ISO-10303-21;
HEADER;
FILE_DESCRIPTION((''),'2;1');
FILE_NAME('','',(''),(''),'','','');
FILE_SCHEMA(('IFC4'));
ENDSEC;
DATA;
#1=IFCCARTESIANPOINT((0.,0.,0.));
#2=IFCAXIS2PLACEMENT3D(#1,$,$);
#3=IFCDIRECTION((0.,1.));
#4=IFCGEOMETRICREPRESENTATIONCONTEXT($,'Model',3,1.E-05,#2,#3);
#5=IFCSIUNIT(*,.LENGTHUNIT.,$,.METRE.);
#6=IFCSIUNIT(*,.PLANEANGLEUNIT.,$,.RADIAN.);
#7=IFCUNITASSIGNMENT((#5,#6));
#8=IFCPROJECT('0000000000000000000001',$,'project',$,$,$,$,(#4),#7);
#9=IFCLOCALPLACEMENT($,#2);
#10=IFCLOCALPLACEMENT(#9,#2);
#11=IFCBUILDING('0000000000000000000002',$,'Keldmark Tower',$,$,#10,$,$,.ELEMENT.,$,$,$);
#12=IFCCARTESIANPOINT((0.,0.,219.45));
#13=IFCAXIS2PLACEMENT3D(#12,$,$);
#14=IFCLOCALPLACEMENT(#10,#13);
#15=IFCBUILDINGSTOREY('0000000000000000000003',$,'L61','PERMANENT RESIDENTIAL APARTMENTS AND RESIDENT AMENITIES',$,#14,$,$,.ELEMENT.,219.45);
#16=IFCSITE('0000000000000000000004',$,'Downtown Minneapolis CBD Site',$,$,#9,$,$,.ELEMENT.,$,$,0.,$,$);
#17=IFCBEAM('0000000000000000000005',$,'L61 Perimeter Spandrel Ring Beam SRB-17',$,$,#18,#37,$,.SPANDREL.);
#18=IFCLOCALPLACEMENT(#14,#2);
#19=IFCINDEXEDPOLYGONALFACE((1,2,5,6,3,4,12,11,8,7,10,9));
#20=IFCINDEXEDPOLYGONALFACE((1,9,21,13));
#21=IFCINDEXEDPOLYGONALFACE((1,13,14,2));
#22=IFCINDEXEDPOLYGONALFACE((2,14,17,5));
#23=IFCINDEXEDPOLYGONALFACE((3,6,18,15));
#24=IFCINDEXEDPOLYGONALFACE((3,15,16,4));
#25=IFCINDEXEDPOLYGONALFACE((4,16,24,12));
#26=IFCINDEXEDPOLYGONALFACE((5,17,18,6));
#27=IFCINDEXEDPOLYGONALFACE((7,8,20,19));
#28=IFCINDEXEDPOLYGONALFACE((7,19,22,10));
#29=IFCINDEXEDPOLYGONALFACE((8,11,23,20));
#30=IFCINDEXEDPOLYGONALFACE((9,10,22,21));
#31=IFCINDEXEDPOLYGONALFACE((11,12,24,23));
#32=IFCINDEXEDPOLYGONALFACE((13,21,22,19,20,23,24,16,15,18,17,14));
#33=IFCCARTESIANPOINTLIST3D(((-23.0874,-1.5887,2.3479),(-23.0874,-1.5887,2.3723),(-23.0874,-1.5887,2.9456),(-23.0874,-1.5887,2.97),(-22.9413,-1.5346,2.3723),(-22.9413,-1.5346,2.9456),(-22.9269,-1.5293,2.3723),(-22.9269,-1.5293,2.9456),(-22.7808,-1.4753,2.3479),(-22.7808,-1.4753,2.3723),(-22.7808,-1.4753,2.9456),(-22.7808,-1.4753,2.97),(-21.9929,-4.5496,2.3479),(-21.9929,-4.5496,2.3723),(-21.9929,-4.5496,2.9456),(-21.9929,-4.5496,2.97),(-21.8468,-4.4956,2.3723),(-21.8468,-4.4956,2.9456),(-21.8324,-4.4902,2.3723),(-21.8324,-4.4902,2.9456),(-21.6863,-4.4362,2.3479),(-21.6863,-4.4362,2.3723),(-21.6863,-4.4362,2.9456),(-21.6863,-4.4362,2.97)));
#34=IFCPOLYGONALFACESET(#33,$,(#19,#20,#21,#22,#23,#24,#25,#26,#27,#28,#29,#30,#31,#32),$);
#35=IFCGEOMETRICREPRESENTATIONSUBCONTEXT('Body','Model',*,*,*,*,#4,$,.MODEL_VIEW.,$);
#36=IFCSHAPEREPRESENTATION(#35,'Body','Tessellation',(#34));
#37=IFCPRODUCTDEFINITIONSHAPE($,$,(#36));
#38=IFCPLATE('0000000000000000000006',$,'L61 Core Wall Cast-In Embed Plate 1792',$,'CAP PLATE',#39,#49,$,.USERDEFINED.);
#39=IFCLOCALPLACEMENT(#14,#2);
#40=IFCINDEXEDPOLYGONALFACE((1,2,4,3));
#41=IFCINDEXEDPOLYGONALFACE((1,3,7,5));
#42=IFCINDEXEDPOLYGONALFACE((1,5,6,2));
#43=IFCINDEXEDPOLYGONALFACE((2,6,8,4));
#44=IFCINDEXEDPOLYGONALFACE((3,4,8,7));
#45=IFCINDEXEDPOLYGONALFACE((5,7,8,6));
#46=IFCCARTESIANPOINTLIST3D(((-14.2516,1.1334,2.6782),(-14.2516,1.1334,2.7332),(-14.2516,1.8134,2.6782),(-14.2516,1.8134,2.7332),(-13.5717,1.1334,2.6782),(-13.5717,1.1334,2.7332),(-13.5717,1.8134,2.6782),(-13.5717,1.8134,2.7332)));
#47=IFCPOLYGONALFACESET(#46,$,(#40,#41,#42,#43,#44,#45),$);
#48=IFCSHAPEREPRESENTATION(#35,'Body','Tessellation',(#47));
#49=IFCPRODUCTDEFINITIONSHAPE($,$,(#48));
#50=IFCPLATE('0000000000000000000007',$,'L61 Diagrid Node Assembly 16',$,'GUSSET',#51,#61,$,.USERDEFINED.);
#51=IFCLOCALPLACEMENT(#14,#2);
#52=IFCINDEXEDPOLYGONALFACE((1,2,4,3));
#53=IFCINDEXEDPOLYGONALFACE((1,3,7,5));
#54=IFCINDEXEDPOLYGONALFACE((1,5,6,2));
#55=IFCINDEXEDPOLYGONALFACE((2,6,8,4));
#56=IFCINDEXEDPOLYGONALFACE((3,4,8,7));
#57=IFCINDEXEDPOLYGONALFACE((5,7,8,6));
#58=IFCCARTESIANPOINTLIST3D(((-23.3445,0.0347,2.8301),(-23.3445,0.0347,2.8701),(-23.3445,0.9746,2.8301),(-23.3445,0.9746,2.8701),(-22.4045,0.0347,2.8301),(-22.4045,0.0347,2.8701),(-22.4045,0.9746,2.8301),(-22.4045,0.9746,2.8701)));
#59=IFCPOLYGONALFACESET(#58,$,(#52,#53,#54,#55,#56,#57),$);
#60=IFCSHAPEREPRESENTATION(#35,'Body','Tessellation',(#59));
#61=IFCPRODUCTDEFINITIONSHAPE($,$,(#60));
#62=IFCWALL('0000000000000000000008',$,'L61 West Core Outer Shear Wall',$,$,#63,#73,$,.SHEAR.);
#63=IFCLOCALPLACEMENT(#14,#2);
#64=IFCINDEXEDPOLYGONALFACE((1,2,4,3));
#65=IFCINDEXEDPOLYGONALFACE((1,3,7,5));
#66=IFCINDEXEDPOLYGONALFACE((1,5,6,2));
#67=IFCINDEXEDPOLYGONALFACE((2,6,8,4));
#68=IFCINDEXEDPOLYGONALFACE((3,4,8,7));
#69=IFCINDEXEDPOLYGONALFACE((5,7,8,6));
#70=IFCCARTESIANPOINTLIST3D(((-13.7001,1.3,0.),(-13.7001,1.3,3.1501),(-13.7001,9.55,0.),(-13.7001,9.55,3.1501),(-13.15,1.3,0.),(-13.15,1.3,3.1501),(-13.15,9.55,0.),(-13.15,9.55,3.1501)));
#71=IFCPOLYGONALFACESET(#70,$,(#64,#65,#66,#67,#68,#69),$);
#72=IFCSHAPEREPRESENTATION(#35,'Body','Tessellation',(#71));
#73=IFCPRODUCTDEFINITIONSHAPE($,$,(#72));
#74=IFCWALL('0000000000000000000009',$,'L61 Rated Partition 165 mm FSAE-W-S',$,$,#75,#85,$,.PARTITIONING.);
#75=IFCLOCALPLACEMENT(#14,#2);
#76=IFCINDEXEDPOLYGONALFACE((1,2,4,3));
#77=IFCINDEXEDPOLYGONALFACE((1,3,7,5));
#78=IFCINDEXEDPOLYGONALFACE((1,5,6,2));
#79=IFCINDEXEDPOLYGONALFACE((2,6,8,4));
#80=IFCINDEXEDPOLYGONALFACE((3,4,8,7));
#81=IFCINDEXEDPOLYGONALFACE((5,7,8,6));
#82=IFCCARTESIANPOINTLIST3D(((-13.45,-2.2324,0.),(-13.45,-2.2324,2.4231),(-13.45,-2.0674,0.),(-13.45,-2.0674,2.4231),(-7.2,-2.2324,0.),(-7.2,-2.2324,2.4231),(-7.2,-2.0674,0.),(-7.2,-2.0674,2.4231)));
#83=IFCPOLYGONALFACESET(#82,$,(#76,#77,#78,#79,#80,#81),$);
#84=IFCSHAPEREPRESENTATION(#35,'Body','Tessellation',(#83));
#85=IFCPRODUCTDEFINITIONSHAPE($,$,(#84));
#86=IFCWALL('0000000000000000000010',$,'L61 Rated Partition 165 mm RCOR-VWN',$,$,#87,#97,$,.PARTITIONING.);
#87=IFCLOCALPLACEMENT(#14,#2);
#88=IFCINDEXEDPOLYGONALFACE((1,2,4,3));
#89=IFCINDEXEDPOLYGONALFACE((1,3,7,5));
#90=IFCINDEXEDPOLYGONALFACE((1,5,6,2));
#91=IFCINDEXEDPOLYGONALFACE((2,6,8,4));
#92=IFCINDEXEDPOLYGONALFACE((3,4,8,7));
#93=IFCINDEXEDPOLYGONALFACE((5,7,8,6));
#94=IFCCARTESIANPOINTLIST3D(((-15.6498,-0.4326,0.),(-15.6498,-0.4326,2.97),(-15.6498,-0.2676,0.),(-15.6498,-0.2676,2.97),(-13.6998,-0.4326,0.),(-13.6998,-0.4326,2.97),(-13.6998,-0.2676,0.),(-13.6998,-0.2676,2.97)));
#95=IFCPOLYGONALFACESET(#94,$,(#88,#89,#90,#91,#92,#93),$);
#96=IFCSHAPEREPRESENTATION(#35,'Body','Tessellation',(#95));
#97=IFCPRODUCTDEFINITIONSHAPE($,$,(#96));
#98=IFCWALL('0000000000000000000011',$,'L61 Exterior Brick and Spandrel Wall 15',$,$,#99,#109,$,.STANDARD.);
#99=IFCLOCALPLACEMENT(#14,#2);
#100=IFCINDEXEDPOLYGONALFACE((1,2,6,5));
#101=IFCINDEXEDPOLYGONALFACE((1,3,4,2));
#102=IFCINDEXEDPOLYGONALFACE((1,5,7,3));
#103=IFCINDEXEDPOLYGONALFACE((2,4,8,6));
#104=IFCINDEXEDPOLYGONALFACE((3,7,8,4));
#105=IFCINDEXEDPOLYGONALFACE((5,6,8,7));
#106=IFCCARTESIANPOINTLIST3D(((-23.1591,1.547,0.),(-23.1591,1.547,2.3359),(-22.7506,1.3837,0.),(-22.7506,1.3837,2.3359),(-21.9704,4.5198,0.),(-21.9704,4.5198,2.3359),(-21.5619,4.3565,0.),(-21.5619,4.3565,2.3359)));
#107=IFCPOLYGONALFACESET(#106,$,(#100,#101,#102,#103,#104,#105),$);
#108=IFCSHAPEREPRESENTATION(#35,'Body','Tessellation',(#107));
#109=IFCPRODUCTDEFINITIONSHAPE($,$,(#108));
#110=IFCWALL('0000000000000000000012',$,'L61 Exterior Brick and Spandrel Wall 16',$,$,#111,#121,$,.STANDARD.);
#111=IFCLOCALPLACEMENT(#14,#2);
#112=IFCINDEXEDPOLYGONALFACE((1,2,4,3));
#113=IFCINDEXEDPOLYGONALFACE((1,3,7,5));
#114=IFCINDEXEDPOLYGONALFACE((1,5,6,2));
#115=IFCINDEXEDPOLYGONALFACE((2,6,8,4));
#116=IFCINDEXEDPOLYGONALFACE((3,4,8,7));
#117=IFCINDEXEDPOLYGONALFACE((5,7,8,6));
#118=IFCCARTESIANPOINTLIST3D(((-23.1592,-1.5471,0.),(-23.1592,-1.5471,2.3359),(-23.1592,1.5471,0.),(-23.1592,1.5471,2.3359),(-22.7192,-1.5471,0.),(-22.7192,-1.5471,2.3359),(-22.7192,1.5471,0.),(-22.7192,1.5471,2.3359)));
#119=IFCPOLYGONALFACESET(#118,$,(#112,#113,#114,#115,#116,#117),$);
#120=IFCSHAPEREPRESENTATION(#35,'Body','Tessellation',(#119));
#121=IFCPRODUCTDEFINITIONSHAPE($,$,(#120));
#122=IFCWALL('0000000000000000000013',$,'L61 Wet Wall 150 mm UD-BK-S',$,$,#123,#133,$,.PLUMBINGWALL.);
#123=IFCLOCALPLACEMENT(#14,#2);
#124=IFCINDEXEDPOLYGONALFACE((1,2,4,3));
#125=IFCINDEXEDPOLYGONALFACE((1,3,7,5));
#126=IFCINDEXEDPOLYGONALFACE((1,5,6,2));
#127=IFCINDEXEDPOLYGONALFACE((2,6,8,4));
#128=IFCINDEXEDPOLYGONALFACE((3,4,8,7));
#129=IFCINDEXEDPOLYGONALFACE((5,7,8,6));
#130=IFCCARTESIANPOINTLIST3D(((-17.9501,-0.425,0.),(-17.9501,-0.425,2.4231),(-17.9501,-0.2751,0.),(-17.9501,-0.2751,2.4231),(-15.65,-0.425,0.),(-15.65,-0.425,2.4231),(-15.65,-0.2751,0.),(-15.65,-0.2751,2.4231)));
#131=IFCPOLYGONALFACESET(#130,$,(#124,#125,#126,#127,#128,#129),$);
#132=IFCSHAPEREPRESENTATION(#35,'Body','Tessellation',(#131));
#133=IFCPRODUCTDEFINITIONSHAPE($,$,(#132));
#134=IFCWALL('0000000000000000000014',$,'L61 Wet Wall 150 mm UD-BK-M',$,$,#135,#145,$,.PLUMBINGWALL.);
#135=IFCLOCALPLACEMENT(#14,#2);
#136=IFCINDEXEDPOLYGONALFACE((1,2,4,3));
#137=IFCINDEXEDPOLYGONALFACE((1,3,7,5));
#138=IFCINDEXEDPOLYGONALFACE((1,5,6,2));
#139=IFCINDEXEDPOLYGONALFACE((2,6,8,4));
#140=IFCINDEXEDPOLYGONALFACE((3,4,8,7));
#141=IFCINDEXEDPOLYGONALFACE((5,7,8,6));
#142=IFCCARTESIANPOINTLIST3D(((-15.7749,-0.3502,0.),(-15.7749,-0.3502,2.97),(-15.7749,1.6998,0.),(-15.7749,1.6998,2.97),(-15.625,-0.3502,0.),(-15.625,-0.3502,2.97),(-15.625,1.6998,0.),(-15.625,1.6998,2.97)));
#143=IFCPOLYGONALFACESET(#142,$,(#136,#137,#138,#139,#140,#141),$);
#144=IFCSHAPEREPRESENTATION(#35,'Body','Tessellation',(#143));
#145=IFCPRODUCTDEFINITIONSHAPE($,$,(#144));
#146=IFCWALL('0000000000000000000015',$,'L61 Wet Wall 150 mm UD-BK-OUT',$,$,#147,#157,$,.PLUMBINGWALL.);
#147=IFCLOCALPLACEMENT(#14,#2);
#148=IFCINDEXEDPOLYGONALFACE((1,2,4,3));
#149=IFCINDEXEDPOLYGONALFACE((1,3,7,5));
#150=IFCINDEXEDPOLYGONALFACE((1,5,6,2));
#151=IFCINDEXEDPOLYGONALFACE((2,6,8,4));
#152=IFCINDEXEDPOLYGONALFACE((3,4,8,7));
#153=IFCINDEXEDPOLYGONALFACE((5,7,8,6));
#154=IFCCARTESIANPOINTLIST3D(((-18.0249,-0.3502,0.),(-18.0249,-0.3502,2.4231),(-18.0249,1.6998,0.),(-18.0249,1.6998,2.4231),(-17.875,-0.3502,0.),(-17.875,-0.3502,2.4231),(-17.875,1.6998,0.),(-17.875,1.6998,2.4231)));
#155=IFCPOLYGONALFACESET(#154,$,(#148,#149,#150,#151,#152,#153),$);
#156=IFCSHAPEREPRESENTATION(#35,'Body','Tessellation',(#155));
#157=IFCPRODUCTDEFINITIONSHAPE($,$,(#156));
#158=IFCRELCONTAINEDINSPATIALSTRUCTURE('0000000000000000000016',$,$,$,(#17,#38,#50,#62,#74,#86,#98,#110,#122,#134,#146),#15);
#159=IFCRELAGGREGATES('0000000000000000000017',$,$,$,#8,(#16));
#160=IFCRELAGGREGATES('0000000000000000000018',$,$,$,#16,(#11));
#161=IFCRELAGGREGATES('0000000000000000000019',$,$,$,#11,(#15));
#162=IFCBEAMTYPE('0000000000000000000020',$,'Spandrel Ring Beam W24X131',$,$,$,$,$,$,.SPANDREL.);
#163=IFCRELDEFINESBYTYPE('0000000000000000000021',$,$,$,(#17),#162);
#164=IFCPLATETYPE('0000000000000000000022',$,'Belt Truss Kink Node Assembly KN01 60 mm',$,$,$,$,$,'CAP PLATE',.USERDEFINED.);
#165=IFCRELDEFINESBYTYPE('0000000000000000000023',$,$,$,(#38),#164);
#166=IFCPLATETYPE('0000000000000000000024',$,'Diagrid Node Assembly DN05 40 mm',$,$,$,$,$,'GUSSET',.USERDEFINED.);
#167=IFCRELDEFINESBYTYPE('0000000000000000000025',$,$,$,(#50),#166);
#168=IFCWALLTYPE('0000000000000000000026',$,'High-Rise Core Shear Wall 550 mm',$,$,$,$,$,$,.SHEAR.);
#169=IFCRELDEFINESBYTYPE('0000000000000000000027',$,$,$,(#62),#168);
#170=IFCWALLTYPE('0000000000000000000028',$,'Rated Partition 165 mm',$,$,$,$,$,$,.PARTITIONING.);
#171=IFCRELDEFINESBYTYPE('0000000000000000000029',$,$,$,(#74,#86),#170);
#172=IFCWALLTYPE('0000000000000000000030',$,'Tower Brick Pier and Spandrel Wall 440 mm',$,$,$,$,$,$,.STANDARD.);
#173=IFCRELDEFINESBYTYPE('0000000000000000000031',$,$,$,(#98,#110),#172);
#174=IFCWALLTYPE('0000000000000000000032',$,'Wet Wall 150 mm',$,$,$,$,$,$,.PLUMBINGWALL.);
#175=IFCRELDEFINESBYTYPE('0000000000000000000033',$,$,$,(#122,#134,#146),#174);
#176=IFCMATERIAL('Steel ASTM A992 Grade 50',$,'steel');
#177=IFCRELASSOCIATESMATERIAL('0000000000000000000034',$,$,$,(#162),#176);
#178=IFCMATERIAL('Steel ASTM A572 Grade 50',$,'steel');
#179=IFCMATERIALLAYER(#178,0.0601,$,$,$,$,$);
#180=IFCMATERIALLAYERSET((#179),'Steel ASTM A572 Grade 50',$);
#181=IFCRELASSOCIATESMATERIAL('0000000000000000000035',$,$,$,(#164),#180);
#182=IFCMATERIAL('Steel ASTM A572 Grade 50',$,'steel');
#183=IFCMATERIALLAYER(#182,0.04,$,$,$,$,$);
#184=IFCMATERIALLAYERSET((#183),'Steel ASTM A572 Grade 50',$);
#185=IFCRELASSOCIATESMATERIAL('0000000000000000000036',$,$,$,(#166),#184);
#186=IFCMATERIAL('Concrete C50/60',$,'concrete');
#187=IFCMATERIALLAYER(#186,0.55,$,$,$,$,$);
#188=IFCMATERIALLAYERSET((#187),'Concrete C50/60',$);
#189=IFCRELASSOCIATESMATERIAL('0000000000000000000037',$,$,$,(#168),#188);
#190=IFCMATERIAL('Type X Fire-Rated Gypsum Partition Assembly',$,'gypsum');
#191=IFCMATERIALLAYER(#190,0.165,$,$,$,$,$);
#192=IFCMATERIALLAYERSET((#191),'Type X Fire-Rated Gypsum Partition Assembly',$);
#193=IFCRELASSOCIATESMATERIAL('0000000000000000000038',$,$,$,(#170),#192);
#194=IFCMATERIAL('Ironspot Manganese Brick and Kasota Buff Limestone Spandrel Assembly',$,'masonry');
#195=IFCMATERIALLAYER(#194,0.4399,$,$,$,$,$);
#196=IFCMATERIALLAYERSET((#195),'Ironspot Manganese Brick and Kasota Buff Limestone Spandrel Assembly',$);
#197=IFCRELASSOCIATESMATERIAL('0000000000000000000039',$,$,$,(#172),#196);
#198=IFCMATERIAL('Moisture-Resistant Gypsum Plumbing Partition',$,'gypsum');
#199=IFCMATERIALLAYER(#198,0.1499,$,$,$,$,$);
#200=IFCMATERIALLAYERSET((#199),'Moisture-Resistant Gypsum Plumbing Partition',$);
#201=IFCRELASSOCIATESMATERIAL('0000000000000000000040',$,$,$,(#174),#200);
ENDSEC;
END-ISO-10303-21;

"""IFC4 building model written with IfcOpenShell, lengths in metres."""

from ifc_helpers import new_model, si_unit, direction, frame, frame_2d, origin, origin_2d, place, context, subcontext, project, spatial, rectangle, i_section, extrude, material, layer, layer_set, material_profile, profile_set, type_object, element, save


model = new_model("IFC4")

# Units and contexts
model_context = context("Model", 3, precision=1e-05, world=origin(), true_north=direction((0.0, 1.0)))
body_context = subcontext(model_context, "Body", "Model", "MODEL_VIEW")
ifc_project = project(units=[si_unit("LENGTHUNIT", "METRE"), si_unit("PLANEANGLEUNIT", "RADIAN")], contexts=[model_context])

# Site, building, storey
site_placement = place(None, origin())
site = spatial("IfcSite", under=ifc_project, at=site_placement, Name="Downtown Minneapolis CBD Site", CompositionType="ELEMENT", RefElevation=0.0)
building_placement = place(site_placement, origin())
building = spatial("IfcBuilding", under=site, at=building_placement, Name="Keldmark Tower", CompositionType="ELEMENT")
storey_placement = place(building_placement, frame((0.0, 0.0, 219.45)))
storey = spatial("IfcBuildingStorey", under=building, at=storey_placement, Name="L61", Description="PERMANENT RESIDENTIAL APARTMENTS AND RESIDENT AMENITIES", CompositionType="ELEMENT", Elevation=219.45)

# Beam
ifc_material_1 = material(Name="Steel ASTM A992 Grade 50", Category="steel")
ifc_material_profile_1 = material_profile(ifc_material_1, i_section(OverallWidth=0.3269, OverallDepth=0.6221, WebThickness=0.0154, FlangeThickness=0.0244, at=origin_2d()), Name="W24X131")
ifc_profile_set_1 = profile_set([ifc_material_profile_1], Name="Steel ASTM A992 Grade 50")
beam_type_1 = type_object("IfcBeamType", Name="Spandrel Ring Beam W24X131", PredefinedType="SPANDREL", material=ifc_profile_set_1)
beam_1_placement = place(storey_placement, frame((-22.9341, -1.532, 2.6589), z_axis=(0.346712, -0.937972, 0.0), x_axis=(0.937972, 0.346712, 0.0)))
element("IfcBeam", 1, at=beam_1_placement, inside=storey, type_object=beam_type_1, Name="L61 Perimeter Spandrel Ring Beam SRB-17", PredefinedType="SPANDREL", context=body_context, shape_type="SweptSolid", body=[
    extrude(i_section(OverallWidth=0.3269, OverallDepth=0.6221, WebThickness=0.0154, FlangeThickness=0.0244, at=origin_2d()), origin(), (0.0, 0.0, 1.0), 3.1567),
])

# Plates
ifc_material_2 = material(Name="Steel ASTM A572 Grade 50", Category="steel")
ifc_layer_1 = layer(ifc_material_2, 0.0601)
ifc_layer_set_1 = layer_set([ifc_layer_1], Name="Steel ASTM A572 Grade 50")
plate_type_1 = type_object("IfcPlateType", Name="Belt Truss Kink Node Assembly KN01 60 mm", ElementType="CAP PLATE", PredefinedType="USERDEFINED", material=ifc_layer_set_1)
plate_1_placement = place(storey_placement, frame((-13.9116, 1.4734, 2.6782), z_axis=(0.0, 0.0, 1.0), x_axis=(1.0, 0.0, 0.0)))
element("IfcPlate", 2, at=plate_1_placement, inside=storey, type_object=plate_type_1, Name="L61 Core Wall Cast-In Embed Plate 1792", ObjectType="CAP PLATE", PredefinedType="USERDEFINED", context=body_context, shape_type="SweptSolid", body=[
    extrude(rectangle(XDim=0.6799, YDim=0.6799, at=origin_2d()), origin(), (0.0, 0.0, 1.0), 0.0549),
])
ifc_material_3 = material(Name="Steel ASTM A572 Grade 50", Category="steel")
ifc_layer_2 = layer(ifc_material_3, 0.04)
ifc_layer_set_2 = layer_set([ifc_layer_2], Name="Steel ASTM A572 Grade 50")
plate_type_2 = type_object("IfcPlateType", Name="Diagrid Node Assembly DN05 40 mm", ElementType="GUSSET", PredefinedType="USERDEFINED", material=ifc_layer_set_2)
plate_2_placement = place(storey_placement, frame((-22.8745, 0.5046, 2.8301), z_axis=(0.0, 0.0, 1.0), x_axis=(0.0, -1.0, 0.0)))
element("IfcPlate", 3, at=plate_2_placement, inside=storey, type_object=plate_type_2, Name="L61 Diagrid Node Assembly 16", ObjectType="GUSSET", PredefinedType="USERDEFINED", context=body_context, shape_type="SweptSolid", body=[
    extrude(rectangle(XDim=0.9399, YDim=0.9399, at=origin_2d()), origin(), (0.0, 0.0, 1.0), 0.04),
])

# Walls
ifc_material_4 = material(Name="Concrete C50/60", Category="concrete")
ifc_layer_3 = layer(ifc_material_4, 0.55)
ifc_layer_set_3 = layer_set([ifc_layer_3], Name="Concrete C50/60")
wall_type_1 = type_object("IfcWallType", Name="High-Rise Core Shear Wall 550 mm", PredefinedType="SHEAR", material=ifc_layer_set_3)
wall_1_placement = place(storey_placement, frame((-13.425, 1.3, 0.0), z_axis=(0.0, 0.0, 1.0), x_axis=(0.0, 1.0, 0.0)))
element("IfcWall", 4, at=wall_1_placement, inside=storey, type_object=wall_type_1, Name="L61 West Core Outer Shear Wall", PredefinedType="SHEAR", context=body_context, shape_type="SweptSolid", body=[
    extrude(rectangle(XDim=8.25, YDim=0.55, at=frame_2d((4.125, 0.0))), origin(), (0.0, 0.0, 1.0), 3.1501),
])
ifc_material_5 = material(Name="Type X Fire-Rated Gypsum Partition Assembly", Category="gypsum")
ifc_layer_4 = layer(ifc_material_5, 0.165)
ifc_layer_set_4 = layer_set([ifc_layer_4], Name="Type X Fire-Rated Gypsum Partition Assembly")
wall_type_2 = type_object("IfcWallType", Name="Rated Partition 165 mm", PredefinedType="PARTITIONING", material=ifc_layer_set_4)
wall_2_placement = place(storey_placement, frame((-13.45, -2.1499, 0.0), z_axis=(0.0, 0.0, 1.0), x_axis=(1.0, 0.0, 0.0)))
element("IfcWall", 5, at=wall_2_placement, inside=storey, type_object=wall_type_2, Name="L61 Rated Partition 165 mm FSAE-W-S", PredefinedType="PARTITIONING", context=body_context, shape_type="SweptSolid", body=[
    extrude(rectangle(XDim=6.25, YDim=0.165, at=frame_2d((3.125, 0.0))), origin(), (0.0, 0.0, 1.0), 2.4231),
])

# Walls
wall_3_placement = place(storey_placement, frame((-15.6499, -0.3501, 0.0), z_axis=(0.0, 0.0, 1.0), x_axis=(1.0, 0.0, 0.0)))
element("IfcWall", 6, at=wall_3_placement, inside=storey, type_object=wall_type_2, Name="L61 Rated Partition 165 mm RCOR-VWN", PredefinedType="PARTITIONING", context=body_context, shape_type="SweptSolid", body=[
    extrude(rectangle(XDim=1.95, YDim=0.165, at=frame_2d((0.9751, 0.0))), origin(), (0.0, 0.0, 1.0), 2.97),
])
ifc_material_6 = material(Name="Ironspot Manganese Brick and Kasota Buff Limestone Spandrel Assembly", Category="masonry")
ifc_layer_5 = layer(ifc_material_6, 0.4399)
ifc_layer_set_5 = layer_set([ifc_layer_5], Name="Ironspot Manganese Brick and Kasota Buff Limestone Spandrel Assembly")
wall_type_3 = type_object("IfcWallType", Name="Tower Brick Pier and Spandrel Wall 440 mm", PredefinedType="STANDARD", material=ifc_layer_set_5)
wall_4_placement = place(storey_placement, frame((-22.9548, 1.4653, 0.0), z_axis=(0.0, 0.0, 1.0), x_axis=(0.371272, 0.928524, 0.0)))
element("IfcWall", 7, at=wall_4_placement, inside=storey, type_object=wall_type_3, Name="L61 Exterior Brick and Spandrel Wall 15", PredefinedType="STANDARD", context=body_context, shape_type="SweptSolid", body=[
    extrude(rectangle(XDim=3.2017, YDim=0.4399, at=frame_2d((1.6008, 0.0))), origin(), (0.0, 0.0, 1.0), 2.3359),
])
wall_5_placement = place(storey_placement, frame((-22.9392, -1.5471, 0.0), z_axis=(0.0, 0.0, 1.0), x_axis=(0.0, 1.0, 0.0)))
element("IfcWall", 8, at=wall_5_placement, inside=storey, type_object=wall_type_3, Name="L61 Exterior Brick and Spandrel Wall 16", PredefinedType="STANDARD", context=body_context, shape_type="SweptSolid", body=[
    extrude(rectangle(XDim=3.0942, YDim=0.4399, at=frame_2d((1.5471, 0.0))), origin(), (0.0, 0.0, 1.0), 2.3359),
])
ifc_material_7 = material(Name="Moisture-Resistant Gypsum Plumbing Partition", Category="gypsum")
ifc_layer_6 = layer(ifc_material_7, 0.1499)
ifc_layer_set_6 = layer_set([ifc_layer_6], Name="Moisture-Resistant Gypsum Plumbing Partition")
wall_type_4 = type_object("IfcWallType", Name="Wet Wall 150 mm", PredefinedType="PLUMBINGWALL", material=ifc_layer_set_6)
wall_6_placement = place(storey_placement, frame((-17.95, -0.3501, 0.0), z_axis=(0.0, 0.0, 1.0), x_axis=(1.0, 0.0, 0.0)))
element("IfcWall", 9, at=wall_6_placement, inside=storey, type_object=wall_type_4, Name="L61 Wet Wall 150 mm UD-BK-S", PredefinedType="PLUMBINGWALL", context=body_context, shape_type="SweptSolid", body=[
    extrude(rectangle(XDim=2.3, YDim=0.1499, at=frame_2d((1.1499, 0.0))), origin(), (0.0, 0.0, 1.0), 2.4231),
])
wall_7_placement = place(storey_placement, frame((-15.7, -0.3501, 0.0), z_axis=(0.0, 0.0, 1.0), x_axis=(0.0, 1.0, 0.0)))
element("IfcWall", 10, at=wall_7_placement, inside=storey, type_object=wall_type_4, Name="L61 Wet Wall 150 mm UD-BK-M", PredefinedType="PLUMBINGWALL", context=body_context, shape_type="SweptSolid", body=[
    extrude(rectangle(XDim=2.05, YDim=0.1499, at=frame_2d((1.0249, 0.0))), origin(), (0.0, 0.0, 1.0), 2.97),
])
wall_8_placement = place(storey_placement, frame((-17.95, -0.3501, 0.0), z_axis=(0.0, 0.0, 1.0), x_axis=(0.0, 1.0, 0.0)))
element("IfcWall", 11, at=wall_8_placement, inside=storey, type_object=wall_type_4, Name="L61 Wet Wall 150 mm UD-BK-OUT", PredefinedType="PLUMBINGWALL", context=body_context, shape_type="SweptSolid", body=[
    extrude(rectangle(XDim=2.05, YDim=0.1499, at=frame_2d((1.0249, 0.0))), origin(), (0.0, 0.0, 1.0), 2.4231),
])

save(model, "model.ifc")
